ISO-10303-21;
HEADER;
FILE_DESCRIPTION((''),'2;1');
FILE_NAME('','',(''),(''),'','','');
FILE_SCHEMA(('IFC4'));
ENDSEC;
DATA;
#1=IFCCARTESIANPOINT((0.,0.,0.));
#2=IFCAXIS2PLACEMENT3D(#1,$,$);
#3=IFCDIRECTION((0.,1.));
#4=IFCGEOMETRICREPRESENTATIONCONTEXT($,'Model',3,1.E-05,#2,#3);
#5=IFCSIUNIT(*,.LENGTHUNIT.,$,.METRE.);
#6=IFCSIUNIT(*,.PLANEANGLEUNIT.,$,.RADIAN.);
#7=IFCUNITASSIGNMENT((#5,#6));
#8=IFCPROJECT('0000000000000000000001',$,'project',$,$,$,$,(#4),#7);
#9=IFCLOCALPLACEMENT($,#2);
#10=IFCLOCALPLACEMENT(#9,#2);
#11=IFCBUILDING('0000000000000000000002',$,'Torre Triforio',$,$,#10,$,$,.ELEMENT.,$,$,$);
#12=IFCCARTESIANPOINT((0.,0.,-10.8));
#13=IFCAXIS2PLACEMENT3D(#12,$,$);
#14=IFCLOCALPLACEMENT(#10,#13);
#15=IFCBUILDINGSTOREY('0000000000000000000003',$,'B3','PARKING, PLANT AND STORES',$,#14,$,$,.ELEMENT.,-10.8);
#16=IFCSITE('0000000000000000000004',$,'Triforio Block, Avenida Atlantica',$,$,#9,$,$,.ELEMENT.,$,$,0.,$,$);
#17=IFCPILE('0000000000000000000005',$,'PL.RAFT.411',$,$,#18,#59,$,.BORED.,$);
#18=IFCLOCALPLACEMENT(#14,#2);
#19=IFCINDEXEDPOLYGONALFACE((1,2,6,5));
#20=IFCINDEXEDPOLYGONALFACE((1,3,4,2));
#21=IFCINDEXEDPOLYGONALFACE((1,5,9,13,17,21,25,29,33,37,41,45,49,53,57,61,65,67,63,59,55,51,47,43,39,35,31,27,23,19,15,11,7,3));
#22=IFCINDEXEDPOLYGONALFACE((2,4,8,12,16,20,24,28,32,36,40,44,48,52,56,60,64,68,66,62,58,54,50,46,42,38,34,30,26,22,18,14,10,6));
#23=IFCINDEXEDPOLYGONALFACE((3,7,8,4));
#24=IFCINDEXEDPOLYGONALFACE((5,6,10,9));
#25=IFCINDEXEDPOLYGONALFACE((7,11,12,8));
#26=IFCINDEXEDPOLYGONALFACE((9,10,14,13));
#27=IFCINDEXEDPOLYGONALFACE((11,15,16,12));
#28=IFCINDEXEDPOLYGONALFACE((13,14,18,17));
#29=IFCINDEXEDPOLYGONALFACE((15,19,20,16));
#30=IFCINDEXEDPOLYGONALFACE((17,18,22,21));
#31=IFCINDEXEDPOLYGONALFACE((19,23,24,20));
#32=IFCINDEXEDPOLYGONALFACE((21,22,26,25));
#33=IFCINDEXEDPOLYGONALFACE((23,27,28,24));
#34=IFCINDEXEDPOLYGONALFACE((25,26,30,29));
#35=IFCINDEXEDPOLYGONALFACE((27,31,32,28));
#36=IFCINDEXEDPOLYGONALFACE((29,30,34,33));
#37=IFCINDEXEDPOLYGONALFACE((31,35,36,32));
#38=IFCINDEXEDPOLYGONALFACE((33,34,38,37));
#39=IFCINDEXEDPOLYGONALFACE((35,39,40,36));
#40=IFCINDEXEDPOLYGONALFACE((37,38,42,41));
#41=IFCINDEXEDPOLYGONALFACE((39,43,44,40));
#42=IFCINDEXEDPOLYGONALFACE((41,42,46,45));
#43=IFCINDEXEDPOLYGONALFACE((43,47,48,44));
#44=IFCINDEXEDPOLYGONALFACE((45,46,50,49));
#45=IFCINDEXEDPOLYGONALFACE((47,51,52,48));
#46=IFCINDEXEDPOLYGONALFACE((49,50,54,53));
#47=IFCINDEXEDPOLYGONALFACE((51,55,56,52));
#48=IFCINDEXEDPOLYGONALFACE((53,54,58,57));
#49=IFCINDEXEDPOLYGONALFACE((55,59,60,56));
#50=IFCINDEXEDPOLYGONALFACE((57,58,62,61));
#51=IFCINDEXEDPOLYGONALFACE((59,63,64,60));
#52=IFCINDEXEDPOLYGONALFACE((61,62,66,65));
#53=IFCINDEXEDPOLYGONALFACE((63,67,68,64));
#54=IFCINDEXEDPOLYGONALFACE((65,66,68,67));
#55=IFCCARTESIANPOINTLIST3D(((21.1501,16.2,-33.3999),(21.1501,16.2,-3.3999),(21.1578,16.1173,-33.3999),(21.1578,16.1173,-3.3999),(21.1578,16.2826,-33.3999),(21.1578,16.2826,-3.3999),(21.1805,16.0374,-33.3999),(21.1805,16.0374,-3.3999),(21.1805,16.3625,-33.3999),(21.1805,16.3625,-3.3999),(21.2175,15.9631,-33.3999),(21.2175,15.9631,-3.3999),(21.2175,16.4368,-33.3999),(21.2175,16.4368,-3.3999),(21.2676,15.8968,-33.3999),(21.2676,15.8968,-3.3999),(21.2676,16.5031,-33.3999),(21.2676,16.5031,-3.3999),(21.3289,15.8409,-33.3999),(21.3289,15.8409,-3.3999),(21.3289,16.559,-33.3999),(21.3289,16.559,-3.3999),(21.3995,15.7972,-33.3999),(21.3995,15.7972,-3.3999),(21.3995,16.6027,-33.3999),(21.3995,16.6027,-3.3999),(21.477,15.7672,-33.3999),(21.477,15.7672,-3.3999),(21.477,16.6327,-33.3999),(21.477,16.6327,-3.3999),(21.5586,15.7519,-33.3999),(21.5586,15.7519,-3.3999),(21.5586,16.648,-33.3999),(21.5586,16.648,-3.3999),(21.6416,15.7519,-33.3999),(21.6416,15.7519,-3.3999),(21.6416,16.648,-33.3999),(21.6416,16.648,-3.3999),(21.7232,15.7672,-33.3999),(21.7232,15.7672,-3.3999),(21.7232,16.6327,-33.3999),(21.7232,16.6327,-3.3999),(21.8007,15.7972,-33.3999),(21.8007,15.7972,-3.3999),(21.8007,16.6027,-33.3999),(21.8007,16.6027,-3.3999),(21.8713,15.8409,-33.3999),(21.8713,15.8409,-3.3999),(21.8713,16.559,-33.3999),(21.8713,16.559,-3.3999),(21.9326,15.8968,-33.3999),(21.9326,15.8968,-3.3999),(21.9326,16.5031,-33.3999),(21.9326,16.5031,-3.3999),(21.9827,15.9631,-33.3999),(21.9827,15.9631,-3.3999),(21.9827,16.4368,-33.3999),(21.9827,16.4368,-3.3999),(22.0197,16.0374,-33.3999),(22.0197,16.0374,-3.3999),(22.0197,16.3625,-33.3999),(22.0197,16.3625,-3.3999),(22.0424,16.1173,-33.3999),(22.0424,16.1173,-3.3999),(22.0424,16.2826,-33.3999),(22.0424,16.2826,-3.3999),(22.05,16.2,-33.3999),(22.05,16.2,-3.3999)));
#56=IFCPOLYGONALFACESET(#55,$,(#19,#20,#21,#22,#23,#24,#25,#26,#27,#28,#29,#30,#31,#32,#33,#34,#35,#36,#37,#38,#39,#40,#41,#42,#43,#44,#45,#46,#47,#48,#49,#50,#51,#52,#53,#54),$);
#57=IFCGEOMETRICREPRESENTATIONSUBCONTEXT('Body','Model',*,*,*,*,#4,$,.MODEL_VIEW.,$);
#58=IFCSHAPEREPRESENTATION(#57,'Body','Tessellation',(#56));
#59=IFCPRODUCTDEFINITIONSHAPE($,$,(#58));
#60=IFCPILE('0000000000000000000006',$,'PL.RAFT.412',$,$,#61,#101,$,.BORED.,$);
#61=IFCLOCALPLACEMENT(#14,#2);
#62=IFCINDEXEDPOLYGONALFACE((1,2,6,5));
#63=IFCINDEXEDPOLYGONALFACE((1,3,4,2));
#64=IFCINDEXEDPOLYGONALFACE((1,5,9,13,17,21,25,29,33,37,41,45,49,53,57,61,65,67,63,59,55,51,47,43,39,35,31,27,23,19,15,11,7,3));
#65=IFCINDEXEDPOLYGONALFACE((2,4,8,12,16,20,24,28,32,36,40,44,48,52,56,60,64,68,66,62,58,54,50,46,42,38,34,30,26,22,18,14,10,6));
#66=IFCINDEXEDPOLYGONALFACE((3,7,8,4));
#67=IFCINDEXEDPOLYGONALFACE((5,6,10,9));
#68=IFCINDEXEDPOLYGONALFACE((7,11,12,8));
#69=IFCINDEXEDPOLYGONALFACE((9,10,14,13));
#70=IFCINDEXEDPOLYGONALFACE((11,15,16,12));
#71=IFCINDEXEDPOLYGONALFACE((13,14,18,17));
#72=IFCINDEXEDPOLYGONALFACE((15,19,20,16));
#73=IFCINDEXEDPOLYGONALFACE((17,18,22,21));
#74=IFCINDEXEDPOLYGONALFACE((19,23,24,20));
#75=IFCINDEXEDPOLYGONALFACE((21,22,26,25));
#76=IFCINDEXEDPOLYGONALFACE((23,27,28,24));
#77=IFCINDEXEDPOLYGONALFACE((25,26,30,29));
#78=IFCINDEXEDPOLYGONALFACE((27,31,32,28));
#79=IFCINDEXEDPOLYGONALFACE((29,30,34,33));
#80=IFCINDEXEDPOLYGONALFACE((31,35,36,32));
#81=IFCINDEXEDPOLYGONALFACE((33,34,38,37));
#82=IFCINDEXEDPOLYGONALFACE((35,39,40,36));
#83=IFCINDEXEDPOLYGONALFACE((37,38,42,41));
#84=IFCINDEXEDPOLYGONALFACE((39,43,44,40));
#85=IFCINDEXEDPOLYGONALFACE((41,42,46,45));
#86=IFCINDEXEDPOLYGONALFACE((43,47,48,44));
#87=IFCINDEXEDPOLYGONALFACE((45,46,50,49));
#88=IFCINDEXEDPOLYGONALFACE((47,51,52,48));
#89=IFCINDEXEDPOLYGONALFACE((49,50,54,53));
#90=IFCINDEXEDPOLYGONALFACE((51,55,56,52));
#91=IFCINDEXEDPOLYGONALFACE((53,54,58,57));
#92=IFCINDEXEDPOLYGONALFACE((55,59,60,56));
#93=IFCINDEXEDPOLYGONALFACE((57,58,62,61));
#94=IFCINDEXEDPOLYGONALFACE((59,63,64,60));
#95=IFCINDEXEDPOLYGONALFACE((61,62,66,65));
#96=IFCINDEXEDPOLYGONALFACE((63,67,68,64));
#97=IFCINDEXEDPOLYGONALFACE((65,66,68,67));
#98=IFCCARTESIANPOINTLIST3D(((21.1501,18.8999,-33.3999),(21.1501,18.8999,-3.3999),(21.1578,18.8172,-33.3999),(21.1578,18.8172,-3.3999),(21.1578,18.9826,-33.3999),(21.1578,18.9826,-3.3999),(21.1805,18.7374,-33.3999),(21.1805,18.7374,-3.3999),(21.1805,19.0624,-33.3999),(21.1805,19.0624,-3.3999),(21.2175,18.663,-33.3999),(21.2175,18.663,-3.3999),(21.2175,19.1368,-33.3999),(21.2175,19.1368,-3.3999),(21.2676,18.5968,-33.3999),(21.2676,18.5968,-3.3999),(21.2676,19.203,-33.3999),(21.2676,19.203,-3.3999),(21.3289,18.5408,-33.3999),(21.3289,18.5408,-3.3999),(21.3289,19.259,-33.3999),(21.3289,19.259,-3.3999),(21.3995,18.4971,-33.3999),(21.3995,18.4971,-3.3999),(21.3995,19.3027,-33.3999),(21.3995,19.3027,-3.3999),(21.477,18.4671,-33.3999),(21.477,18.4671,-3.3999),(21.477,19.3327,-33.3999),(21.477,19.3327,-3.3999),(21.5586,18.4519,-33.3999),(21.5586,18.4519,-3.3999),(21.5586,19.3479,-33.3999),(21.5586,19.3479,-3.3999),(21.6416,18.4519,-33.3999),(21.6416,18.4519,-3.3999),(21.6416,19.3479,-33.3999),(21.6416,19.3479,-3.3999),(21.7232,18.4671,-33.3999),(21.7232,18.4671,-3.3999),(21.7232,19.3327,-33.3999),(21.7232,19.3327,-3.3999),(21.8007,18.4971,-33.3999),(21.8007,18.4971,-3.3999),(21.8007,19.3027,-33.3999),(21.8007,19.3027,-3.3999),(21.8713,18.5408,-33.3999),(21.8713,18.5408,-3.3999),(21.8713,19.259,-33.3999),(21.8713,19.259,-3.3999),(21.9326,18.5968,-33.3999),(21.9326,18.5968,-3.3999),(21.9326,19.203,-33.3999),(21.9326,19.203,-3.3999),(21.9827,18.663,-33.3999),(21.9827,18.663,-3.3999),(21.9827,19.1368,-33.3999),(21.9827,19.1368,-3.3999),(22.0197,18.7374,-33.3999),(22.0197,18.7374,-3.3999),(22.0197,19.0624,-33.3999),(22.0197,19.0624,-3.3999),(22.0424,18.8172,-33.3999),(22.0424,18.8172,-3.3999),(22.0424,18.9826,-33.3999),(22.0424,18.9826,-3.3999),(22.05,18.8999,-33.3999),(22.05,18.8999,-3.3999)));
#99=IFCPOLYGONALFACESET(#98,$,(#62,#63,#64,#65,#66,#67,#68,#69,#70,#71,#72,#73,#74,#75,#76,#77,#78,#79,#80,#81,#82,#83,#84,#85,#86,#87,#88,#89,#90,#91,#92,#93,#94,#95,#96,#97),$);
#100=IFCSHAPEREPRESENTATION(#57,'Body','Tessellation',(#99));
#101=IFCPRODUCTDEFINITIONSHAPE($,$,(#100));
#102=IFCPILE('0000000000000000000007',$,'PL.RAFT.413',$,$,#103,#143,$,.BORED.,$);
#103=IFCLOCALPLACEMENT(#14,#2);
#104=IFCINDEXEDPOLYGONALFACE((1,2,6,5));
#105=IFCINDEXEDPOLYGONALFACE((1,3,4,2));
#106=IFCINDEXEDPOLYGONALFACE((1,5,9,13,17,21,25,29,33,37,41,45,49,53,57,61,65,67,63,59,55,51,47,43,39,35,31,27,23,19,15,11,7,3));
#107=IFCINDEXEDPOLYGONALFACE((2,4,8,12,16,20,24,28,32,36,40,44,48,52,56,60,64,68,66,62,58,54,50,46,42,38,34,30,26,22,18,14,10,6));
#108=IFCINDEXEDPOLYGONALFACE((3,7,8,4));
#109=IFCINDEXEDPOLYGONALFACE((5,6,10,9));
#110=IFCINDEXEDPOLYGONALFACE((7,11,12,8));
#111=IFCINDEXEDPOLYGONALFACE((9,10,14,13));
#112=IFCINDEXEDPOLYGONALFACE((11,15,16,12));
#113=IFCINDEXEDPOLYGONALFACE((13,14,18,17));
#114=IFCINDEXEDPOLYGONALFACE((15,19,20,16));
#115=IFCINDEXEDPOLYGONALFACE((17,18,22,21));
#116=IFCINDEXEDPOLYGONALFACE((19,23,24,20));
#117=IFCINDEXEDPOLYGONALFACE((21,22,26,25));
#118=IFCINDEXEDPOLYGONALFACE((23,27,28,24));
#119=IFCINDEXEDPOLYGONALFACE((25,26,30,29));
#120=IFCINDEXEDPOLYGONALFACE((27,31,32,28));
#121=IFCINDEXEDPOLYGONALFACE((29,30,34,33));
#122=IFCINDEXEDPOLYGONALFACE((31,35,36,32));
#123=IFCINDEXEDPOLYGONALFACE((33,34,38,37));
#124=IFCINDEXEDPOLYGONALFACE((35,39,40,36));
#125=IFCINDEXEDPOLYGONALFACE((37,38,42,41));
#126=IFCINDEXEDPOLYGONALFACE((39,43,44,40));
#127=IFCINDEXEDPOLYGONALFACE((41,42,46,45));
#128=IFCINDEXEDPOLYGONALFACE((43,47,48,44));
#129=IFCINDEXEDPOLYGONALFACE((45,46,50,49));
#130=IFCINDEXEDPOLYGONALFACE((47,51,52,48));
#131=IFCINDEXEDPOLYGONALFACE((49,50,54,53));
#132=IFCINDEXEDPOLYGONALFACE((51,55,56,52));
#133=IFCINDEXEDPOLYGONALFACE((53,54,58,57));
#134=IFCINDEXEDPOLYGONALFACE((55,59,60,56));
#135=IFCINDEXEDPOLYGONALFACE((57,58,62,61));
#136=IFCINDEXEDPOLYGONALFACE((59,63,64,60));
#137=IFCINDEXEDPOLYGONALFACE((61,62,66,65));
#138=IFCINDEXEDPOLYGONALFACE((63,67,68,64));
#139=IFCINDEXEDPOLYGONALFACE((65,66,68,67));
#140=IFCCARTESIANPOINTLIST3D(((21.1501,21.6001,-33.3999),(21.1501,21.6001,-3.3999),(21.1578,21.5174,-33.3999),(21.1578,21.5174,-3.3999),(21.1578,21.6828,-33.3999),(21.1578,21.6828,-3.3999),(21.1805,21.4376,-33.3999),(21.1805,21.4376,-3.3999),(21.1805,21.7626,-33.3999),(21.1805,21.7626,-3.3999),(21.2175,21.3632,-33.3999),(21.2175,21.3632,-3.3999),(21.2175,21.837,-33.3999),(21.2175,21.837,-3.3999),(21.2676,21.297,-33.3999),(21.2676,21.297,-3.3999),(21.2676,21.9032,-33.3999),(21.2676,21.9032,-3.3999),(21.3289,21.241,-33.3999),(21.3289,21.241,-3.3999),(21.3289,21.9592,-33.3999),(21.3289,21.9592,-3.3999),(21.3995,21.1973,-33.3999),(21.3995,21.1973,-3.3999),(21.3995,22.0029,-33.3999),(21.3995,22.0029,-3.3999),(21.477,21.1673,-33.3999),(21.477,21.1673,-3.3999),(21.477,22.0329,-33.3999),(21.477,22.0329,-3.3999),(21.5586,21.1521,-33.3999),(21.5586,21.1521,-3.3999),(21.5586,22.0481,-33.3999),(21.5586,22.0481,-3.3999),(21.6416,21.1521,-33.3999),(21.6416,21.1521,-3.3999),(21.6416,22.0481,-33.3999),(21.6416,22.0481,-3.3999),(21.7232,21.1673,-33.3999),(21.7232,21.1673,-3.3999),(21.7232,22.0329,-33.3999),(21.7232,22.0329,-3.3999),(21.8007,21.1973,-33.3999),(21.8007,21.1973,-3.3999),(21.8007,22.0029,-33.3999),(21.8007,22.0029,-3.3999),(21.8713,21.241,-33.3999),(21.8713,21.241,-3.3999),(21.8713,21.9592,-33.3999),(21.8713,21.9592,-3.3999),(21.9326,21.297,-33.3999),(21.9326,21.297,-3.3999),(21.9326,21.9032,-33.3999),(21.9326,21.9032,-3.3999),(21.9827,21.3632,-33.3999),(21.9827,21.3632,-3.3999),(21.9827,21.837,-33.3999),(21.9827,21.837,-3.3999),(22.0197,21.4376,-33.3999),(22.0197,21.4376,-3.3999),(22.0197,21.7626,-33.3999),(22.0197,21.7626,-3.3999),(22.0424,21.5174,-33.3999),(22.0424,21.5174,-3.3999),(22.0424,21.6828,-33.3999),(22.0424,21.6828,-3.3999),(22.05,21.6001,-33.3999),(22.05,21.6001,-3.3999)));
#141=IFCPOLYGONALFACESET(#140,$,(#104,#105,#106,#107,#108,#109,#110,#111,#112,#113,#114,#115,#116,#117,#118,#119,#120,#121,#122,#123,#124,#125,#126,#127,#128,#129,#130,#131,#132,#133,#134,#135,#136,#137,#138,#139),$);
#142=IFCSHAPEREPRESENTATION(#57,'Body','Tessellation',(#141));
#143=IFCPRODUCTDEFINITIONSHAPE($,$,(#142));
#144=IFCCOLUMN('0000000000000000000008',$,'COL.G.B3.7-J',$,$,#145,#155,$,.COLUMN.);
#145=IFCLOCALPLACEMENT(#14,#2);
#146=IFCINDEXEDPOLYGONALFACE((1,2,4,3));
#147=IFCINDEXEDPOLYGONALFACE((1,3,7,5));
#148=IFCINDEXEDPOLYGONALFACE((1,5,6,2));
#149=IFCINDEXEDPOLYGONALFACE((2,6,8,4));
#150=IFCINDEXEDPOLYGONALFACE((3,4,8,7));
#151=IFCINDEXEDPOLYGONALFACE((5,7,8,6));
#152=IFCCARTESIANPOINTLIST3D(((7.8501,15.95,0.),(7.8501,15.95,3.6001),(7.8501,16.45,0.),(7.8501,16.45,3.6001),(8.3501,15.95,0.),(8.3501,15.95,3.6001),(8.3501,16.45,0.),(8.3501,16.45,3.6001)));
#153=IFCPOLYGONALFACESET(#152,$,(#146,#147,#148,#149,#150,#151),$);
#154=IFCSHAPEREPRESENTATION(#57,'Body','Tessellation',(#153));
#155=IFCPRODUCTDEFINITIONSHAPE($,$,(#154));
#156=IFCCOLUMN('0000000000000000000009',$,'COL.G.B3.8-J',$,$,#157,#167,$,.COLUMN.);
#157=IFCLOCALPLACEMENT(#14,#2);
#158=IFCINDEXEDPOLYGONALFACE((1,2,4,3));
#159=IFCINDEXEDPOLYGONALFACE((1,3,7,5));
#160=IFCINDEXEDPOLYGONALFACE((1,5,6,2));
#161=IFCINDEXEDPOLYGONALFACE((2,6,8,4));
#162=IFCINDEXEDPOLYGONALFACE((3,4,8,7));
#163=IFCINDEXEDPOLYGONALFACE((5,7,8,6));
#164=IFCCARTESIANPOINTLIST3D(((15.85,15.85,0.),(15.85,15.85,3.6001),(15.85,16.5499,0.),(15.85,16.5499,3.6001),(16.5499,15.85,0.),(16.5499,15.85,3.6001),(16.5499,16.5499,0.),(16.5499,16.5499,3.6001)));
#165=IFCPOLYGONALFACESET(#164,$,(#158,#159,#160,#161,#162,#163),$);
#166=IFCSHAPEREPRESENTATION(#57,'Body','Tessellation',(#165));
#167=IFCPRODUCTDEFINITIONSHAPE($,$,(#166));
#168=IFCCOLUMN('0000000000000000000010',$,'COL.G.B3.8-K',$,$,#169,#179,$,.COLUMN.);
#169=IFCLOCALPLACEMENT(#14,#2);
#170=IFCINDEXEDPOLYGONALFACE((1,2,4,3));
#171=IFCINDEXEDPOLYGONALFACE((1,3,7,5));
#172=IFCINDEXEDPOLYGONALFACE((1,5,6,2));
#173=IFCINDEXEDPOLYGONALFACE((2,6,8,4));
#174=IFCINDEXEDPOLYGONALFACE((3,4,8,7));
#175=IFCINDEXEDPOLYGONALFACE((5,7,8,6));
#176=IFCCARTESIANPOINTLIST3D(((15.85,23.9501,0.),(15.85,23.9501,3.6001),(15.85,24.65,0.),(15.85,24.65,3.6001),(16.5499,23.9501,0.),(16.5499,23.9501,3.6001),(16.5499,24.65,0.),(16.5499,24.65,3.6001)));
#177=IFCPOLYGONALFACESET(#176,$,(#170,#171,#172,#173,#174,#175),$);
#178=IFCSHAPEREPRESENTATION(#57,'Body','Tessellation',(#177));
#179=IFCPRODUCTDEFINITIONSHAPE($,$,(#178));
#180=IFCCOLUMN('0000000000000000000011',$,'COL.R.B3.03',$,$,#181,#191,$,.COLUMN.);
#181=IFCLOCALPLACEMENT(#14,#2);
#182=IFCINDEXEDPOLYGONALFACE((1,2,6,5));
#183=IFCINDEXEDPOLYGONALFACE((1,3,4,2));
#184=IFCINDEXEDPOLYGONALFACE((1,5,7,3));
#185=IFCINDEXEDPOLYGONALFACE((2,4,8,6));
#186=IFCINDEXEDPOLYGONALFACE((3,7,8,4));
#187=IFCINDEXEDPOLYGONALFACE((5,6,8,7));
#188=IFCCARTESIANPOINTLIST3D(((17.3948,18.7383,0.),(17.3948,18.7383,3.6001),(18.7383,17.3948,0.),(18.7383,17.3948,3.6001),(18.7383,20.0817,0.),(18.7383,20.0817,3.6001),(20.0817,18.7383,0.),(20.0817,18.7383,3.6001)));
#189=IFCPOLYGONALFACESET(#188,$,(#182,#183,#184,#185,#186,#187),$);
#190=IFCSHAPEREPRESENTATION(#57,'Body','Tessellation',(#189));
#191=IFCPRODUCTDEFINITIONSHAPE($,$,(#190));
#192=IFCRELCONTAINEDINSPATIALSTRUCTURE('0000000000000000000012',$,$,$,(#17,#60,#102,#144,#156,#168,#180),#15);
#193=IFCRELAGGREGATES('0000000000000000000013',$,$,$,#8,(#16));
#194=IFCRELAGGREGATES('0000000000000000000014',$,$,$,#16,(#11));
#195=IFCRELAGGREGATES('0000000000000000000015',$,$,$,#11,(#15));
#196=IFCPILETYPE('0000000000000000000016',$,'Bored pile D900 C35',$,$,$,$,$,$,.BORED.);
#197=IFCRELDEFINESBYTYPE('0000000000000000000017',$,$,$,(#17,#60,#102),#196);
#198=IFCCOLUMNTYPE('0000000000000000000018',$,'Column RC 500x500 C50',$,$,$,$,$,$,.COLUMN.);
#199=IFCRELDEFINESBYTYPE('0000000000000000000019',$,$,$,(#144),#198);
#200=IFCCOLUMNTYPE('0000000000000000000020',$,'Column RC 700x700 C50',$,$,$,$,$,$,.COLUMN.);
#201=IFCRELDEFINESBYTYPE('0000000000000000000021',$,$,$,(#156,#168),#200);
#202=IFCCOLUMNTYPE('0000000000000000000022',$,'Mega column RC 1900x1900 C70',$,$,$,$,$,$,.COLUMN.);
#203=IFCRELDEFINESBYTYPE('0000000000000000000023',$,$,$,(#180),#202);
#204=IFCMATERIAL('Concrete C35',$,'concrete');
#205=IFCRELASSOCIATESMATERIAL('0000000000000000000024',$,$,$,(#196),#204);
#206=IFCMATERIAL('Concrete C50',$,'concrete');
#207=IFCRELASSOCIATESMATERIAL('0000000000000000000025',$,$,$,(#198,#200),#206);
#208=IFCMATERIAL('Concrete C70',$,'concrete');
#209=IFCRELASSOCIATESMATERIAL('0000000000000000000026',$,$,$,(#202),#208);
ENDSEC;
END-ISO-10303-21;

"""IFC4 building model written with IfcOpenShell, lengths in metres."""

from ifc_helpers import new_model, si_unit, direction, frame, origin, origin_2d, place, context, subcontext, project, spatial, rectangle, circle, extrude, material, material_profile, profile_set, type_object, element, save


model = new_model("IFC4")

# Units and contexts
model_context = context("Model", 3, precision=1e-05, world=origin(), true_north=direction((0.0, 1.0)))
body_context = subcontext(model_context, "Body", "Model", "MODEL_VIEW")
ifc_project = project(units=[si_unit("LENGTHUNIT", "METRE"), si_unit("PLANEANGLEUNIT", "RADIAN")], contexts=[model_context])

# Site, building, storey
site_placement = place(None, origin())
site = spatial("IfcSite", under=ifc_project, at=site_placement, Name="Triforio Block, Avenida Atlantica", CompositionType="ELEMENT", RefElevation=0.0)
building_placement = place(site_placement, origin())
building = spatial("IfcBuilding", under=site, at=building_placement, Name="Torre Triforio", CompositionType="ELEMENT")
storey_placement = place(building_placement, frame((0.0, 0.0, -10.8)))
storey = spatial("IfcBuildingStorey", under=building, at=storey_placement, Name="B3", Description="PARKING, PLANT AND STORES", CompositionType="ELEMENT", Elevation=-10.8)

# Piles
ifc_material_1 = material(Name="Concrete C35", Category="concrete")
ifc_material_profile_1 = material_profile(ifc_material_1, circle(Radius=0.45, at=origin_2d()), Name="RC D900")
ifc_profile_set_1 = profile_set([ifc_material_profile_1], Name="Concrete C35")
pile_type = type_object("IfcPileType", Name="Bored pile D900 C35", PredefinedType="BORED", material=ifc_profile_set_1)
for number, where, z_axis, x_axis, name in (
    (1, (21.6001, 16.2, -3.3999), (0.0, 0.0, -1.0), (1.0, 0.0, 0.0), "PL.RAFT.411"),
    (2, (21.6001, 18.8999, -3.3999), (0.0, 0.0, -1.0), (1.0, 0.0, 0.0), "PL.RAFT.412"),
    (3, (21.6001, 21.6001, -3.3999), (0.0, 0.0, -1.0), (1.0, 0.0, 0.0), "PL.RAFT.413"),
):
    element("IfcPile", number, at=place(storey_placement, frame(where, z_axis=z_axis, x_axis=x_axis)), inside=storey, type_object=pile_type, Name=name, PredefinedType="BORED", context=body_context, shape_type="SweptSolid", body=[
        extrude(circle(Radius=0.45, at=origin_2d()), origin(), (0.0, 0.0, 1.0), 30.0),
    ])

# Columns
ifc_material_2 = material(Name="Concrete C50", Category="concrete")
ifc_material_profile_2 = material_profile(ifc_material_2, rectangle(XDim=0.5, YDim=0.5, at=origin_2d()), Name="RC 500x500")
ifc_profile_set_2 = profile_set([ifc_material_profile_2], Name="Concrete C50")
column_type_1 = type_object("IfcColumnType", Name="Column RC 500x500 C50", PredefinedType="COLUMN", material=ifc_profile_set_2)
column_1_placement = place(storey_placement, frame((8.1001, 16.2, 0.0), z_axis=(0.0, 0.0, 1.0), x_axis=(1.0, 0.0, 0.0)))
element("IfcColumn", 4, at=column_1_placement, inside=storey, type_object=column_type_1, Name="COL.G.B3.7-J", PredefinedType="COLUMN", context=body_context, shape_type="SweptSolid", body=[
    extrude(rectangle(XDim=0.5, YDim=0.5, at=origin_2d()), origin(), (0.0, 0.0, 1.0), 3.6001),
])
ifc_material_profile_3 = material_profile(ifc_material_2, rectangle(XDim=0.7, YDim=0.7, at=origin_2d()), Name="RC 700x700")
ifc_profile_set_3 = profile_set([ifc_material_profile_3], Name="Concrete C50")
column_type_2 = type_object("IfcColumnType", Name="Column RC 700x700 C50", PredefinedType="COLUMN", material=ifc_profile_set_3)
for number, where, z_axis, x_axis, name in (
    (5, (16.2, 16.2, 0.0), (0.0, 0.0, 1.0), (1.0, 0.0, 0.0), "COL.G.B3.8-J"),
    (6, (16.2, 24.3, 0.0), (0.0, 0.0, 1.0), (1.0, 0.0, 0.0), "COL.G.B3.8-K"),
):
    element("IfcColumn", number, at=place(storey_placement, frame(where, z_axis=z_axis, x_axis=x_axis)), inside=storey, type_object=column_type_2, Name=name, PredefinedType="COLUMN", context=body_context, shape_type="SweptSolid", body=[
        extrude(rectangle(XDim=0.7, YDim=0.7, at=origin_2d()), origin(), (0.0, 0.0, 1.0), 3.6001),
    ])
ifc_material_3 = material(Name="Concrete C70", Category="concrete")
ifc_material_profile_4 = material_profile(ifc_material_3, rectangle(XDim=1.8999, YDim=1.8999, at=origin_2d()), Name="RC 1900x1900")
ifc_profile_set_4 = profile_set([ifc_material_profile_4], Name="Concrete C70")
column_type_3 = type_object("IfcColumnType", Name="Mega column RC 1900x1900 C70", PredefinedType="COLUMN", material=ifc_profile_set_4)
column_2_placement = place(storey_placement, frame((18.7383, 18.7383, 0.0), z_axis=(0.0, 0.0, 1.0), x_axis=(-0.707107, 0.707107, 0.0)))
element("IfcColumn", 7, at=column_2_placement, inside=storey, type_object=column_type_3, Name="COL.R.B3.03", PredefinedType="COLUMN", context=body_context, shape_type="SweptSolid", body=[
    extrude(rectangle(XDim=1.8999, YDim=1.8999, at=origin_2d()), origin(), (0.0, 0.0, 1.0), 3.6001),
])

save(model, "model.ifc")
